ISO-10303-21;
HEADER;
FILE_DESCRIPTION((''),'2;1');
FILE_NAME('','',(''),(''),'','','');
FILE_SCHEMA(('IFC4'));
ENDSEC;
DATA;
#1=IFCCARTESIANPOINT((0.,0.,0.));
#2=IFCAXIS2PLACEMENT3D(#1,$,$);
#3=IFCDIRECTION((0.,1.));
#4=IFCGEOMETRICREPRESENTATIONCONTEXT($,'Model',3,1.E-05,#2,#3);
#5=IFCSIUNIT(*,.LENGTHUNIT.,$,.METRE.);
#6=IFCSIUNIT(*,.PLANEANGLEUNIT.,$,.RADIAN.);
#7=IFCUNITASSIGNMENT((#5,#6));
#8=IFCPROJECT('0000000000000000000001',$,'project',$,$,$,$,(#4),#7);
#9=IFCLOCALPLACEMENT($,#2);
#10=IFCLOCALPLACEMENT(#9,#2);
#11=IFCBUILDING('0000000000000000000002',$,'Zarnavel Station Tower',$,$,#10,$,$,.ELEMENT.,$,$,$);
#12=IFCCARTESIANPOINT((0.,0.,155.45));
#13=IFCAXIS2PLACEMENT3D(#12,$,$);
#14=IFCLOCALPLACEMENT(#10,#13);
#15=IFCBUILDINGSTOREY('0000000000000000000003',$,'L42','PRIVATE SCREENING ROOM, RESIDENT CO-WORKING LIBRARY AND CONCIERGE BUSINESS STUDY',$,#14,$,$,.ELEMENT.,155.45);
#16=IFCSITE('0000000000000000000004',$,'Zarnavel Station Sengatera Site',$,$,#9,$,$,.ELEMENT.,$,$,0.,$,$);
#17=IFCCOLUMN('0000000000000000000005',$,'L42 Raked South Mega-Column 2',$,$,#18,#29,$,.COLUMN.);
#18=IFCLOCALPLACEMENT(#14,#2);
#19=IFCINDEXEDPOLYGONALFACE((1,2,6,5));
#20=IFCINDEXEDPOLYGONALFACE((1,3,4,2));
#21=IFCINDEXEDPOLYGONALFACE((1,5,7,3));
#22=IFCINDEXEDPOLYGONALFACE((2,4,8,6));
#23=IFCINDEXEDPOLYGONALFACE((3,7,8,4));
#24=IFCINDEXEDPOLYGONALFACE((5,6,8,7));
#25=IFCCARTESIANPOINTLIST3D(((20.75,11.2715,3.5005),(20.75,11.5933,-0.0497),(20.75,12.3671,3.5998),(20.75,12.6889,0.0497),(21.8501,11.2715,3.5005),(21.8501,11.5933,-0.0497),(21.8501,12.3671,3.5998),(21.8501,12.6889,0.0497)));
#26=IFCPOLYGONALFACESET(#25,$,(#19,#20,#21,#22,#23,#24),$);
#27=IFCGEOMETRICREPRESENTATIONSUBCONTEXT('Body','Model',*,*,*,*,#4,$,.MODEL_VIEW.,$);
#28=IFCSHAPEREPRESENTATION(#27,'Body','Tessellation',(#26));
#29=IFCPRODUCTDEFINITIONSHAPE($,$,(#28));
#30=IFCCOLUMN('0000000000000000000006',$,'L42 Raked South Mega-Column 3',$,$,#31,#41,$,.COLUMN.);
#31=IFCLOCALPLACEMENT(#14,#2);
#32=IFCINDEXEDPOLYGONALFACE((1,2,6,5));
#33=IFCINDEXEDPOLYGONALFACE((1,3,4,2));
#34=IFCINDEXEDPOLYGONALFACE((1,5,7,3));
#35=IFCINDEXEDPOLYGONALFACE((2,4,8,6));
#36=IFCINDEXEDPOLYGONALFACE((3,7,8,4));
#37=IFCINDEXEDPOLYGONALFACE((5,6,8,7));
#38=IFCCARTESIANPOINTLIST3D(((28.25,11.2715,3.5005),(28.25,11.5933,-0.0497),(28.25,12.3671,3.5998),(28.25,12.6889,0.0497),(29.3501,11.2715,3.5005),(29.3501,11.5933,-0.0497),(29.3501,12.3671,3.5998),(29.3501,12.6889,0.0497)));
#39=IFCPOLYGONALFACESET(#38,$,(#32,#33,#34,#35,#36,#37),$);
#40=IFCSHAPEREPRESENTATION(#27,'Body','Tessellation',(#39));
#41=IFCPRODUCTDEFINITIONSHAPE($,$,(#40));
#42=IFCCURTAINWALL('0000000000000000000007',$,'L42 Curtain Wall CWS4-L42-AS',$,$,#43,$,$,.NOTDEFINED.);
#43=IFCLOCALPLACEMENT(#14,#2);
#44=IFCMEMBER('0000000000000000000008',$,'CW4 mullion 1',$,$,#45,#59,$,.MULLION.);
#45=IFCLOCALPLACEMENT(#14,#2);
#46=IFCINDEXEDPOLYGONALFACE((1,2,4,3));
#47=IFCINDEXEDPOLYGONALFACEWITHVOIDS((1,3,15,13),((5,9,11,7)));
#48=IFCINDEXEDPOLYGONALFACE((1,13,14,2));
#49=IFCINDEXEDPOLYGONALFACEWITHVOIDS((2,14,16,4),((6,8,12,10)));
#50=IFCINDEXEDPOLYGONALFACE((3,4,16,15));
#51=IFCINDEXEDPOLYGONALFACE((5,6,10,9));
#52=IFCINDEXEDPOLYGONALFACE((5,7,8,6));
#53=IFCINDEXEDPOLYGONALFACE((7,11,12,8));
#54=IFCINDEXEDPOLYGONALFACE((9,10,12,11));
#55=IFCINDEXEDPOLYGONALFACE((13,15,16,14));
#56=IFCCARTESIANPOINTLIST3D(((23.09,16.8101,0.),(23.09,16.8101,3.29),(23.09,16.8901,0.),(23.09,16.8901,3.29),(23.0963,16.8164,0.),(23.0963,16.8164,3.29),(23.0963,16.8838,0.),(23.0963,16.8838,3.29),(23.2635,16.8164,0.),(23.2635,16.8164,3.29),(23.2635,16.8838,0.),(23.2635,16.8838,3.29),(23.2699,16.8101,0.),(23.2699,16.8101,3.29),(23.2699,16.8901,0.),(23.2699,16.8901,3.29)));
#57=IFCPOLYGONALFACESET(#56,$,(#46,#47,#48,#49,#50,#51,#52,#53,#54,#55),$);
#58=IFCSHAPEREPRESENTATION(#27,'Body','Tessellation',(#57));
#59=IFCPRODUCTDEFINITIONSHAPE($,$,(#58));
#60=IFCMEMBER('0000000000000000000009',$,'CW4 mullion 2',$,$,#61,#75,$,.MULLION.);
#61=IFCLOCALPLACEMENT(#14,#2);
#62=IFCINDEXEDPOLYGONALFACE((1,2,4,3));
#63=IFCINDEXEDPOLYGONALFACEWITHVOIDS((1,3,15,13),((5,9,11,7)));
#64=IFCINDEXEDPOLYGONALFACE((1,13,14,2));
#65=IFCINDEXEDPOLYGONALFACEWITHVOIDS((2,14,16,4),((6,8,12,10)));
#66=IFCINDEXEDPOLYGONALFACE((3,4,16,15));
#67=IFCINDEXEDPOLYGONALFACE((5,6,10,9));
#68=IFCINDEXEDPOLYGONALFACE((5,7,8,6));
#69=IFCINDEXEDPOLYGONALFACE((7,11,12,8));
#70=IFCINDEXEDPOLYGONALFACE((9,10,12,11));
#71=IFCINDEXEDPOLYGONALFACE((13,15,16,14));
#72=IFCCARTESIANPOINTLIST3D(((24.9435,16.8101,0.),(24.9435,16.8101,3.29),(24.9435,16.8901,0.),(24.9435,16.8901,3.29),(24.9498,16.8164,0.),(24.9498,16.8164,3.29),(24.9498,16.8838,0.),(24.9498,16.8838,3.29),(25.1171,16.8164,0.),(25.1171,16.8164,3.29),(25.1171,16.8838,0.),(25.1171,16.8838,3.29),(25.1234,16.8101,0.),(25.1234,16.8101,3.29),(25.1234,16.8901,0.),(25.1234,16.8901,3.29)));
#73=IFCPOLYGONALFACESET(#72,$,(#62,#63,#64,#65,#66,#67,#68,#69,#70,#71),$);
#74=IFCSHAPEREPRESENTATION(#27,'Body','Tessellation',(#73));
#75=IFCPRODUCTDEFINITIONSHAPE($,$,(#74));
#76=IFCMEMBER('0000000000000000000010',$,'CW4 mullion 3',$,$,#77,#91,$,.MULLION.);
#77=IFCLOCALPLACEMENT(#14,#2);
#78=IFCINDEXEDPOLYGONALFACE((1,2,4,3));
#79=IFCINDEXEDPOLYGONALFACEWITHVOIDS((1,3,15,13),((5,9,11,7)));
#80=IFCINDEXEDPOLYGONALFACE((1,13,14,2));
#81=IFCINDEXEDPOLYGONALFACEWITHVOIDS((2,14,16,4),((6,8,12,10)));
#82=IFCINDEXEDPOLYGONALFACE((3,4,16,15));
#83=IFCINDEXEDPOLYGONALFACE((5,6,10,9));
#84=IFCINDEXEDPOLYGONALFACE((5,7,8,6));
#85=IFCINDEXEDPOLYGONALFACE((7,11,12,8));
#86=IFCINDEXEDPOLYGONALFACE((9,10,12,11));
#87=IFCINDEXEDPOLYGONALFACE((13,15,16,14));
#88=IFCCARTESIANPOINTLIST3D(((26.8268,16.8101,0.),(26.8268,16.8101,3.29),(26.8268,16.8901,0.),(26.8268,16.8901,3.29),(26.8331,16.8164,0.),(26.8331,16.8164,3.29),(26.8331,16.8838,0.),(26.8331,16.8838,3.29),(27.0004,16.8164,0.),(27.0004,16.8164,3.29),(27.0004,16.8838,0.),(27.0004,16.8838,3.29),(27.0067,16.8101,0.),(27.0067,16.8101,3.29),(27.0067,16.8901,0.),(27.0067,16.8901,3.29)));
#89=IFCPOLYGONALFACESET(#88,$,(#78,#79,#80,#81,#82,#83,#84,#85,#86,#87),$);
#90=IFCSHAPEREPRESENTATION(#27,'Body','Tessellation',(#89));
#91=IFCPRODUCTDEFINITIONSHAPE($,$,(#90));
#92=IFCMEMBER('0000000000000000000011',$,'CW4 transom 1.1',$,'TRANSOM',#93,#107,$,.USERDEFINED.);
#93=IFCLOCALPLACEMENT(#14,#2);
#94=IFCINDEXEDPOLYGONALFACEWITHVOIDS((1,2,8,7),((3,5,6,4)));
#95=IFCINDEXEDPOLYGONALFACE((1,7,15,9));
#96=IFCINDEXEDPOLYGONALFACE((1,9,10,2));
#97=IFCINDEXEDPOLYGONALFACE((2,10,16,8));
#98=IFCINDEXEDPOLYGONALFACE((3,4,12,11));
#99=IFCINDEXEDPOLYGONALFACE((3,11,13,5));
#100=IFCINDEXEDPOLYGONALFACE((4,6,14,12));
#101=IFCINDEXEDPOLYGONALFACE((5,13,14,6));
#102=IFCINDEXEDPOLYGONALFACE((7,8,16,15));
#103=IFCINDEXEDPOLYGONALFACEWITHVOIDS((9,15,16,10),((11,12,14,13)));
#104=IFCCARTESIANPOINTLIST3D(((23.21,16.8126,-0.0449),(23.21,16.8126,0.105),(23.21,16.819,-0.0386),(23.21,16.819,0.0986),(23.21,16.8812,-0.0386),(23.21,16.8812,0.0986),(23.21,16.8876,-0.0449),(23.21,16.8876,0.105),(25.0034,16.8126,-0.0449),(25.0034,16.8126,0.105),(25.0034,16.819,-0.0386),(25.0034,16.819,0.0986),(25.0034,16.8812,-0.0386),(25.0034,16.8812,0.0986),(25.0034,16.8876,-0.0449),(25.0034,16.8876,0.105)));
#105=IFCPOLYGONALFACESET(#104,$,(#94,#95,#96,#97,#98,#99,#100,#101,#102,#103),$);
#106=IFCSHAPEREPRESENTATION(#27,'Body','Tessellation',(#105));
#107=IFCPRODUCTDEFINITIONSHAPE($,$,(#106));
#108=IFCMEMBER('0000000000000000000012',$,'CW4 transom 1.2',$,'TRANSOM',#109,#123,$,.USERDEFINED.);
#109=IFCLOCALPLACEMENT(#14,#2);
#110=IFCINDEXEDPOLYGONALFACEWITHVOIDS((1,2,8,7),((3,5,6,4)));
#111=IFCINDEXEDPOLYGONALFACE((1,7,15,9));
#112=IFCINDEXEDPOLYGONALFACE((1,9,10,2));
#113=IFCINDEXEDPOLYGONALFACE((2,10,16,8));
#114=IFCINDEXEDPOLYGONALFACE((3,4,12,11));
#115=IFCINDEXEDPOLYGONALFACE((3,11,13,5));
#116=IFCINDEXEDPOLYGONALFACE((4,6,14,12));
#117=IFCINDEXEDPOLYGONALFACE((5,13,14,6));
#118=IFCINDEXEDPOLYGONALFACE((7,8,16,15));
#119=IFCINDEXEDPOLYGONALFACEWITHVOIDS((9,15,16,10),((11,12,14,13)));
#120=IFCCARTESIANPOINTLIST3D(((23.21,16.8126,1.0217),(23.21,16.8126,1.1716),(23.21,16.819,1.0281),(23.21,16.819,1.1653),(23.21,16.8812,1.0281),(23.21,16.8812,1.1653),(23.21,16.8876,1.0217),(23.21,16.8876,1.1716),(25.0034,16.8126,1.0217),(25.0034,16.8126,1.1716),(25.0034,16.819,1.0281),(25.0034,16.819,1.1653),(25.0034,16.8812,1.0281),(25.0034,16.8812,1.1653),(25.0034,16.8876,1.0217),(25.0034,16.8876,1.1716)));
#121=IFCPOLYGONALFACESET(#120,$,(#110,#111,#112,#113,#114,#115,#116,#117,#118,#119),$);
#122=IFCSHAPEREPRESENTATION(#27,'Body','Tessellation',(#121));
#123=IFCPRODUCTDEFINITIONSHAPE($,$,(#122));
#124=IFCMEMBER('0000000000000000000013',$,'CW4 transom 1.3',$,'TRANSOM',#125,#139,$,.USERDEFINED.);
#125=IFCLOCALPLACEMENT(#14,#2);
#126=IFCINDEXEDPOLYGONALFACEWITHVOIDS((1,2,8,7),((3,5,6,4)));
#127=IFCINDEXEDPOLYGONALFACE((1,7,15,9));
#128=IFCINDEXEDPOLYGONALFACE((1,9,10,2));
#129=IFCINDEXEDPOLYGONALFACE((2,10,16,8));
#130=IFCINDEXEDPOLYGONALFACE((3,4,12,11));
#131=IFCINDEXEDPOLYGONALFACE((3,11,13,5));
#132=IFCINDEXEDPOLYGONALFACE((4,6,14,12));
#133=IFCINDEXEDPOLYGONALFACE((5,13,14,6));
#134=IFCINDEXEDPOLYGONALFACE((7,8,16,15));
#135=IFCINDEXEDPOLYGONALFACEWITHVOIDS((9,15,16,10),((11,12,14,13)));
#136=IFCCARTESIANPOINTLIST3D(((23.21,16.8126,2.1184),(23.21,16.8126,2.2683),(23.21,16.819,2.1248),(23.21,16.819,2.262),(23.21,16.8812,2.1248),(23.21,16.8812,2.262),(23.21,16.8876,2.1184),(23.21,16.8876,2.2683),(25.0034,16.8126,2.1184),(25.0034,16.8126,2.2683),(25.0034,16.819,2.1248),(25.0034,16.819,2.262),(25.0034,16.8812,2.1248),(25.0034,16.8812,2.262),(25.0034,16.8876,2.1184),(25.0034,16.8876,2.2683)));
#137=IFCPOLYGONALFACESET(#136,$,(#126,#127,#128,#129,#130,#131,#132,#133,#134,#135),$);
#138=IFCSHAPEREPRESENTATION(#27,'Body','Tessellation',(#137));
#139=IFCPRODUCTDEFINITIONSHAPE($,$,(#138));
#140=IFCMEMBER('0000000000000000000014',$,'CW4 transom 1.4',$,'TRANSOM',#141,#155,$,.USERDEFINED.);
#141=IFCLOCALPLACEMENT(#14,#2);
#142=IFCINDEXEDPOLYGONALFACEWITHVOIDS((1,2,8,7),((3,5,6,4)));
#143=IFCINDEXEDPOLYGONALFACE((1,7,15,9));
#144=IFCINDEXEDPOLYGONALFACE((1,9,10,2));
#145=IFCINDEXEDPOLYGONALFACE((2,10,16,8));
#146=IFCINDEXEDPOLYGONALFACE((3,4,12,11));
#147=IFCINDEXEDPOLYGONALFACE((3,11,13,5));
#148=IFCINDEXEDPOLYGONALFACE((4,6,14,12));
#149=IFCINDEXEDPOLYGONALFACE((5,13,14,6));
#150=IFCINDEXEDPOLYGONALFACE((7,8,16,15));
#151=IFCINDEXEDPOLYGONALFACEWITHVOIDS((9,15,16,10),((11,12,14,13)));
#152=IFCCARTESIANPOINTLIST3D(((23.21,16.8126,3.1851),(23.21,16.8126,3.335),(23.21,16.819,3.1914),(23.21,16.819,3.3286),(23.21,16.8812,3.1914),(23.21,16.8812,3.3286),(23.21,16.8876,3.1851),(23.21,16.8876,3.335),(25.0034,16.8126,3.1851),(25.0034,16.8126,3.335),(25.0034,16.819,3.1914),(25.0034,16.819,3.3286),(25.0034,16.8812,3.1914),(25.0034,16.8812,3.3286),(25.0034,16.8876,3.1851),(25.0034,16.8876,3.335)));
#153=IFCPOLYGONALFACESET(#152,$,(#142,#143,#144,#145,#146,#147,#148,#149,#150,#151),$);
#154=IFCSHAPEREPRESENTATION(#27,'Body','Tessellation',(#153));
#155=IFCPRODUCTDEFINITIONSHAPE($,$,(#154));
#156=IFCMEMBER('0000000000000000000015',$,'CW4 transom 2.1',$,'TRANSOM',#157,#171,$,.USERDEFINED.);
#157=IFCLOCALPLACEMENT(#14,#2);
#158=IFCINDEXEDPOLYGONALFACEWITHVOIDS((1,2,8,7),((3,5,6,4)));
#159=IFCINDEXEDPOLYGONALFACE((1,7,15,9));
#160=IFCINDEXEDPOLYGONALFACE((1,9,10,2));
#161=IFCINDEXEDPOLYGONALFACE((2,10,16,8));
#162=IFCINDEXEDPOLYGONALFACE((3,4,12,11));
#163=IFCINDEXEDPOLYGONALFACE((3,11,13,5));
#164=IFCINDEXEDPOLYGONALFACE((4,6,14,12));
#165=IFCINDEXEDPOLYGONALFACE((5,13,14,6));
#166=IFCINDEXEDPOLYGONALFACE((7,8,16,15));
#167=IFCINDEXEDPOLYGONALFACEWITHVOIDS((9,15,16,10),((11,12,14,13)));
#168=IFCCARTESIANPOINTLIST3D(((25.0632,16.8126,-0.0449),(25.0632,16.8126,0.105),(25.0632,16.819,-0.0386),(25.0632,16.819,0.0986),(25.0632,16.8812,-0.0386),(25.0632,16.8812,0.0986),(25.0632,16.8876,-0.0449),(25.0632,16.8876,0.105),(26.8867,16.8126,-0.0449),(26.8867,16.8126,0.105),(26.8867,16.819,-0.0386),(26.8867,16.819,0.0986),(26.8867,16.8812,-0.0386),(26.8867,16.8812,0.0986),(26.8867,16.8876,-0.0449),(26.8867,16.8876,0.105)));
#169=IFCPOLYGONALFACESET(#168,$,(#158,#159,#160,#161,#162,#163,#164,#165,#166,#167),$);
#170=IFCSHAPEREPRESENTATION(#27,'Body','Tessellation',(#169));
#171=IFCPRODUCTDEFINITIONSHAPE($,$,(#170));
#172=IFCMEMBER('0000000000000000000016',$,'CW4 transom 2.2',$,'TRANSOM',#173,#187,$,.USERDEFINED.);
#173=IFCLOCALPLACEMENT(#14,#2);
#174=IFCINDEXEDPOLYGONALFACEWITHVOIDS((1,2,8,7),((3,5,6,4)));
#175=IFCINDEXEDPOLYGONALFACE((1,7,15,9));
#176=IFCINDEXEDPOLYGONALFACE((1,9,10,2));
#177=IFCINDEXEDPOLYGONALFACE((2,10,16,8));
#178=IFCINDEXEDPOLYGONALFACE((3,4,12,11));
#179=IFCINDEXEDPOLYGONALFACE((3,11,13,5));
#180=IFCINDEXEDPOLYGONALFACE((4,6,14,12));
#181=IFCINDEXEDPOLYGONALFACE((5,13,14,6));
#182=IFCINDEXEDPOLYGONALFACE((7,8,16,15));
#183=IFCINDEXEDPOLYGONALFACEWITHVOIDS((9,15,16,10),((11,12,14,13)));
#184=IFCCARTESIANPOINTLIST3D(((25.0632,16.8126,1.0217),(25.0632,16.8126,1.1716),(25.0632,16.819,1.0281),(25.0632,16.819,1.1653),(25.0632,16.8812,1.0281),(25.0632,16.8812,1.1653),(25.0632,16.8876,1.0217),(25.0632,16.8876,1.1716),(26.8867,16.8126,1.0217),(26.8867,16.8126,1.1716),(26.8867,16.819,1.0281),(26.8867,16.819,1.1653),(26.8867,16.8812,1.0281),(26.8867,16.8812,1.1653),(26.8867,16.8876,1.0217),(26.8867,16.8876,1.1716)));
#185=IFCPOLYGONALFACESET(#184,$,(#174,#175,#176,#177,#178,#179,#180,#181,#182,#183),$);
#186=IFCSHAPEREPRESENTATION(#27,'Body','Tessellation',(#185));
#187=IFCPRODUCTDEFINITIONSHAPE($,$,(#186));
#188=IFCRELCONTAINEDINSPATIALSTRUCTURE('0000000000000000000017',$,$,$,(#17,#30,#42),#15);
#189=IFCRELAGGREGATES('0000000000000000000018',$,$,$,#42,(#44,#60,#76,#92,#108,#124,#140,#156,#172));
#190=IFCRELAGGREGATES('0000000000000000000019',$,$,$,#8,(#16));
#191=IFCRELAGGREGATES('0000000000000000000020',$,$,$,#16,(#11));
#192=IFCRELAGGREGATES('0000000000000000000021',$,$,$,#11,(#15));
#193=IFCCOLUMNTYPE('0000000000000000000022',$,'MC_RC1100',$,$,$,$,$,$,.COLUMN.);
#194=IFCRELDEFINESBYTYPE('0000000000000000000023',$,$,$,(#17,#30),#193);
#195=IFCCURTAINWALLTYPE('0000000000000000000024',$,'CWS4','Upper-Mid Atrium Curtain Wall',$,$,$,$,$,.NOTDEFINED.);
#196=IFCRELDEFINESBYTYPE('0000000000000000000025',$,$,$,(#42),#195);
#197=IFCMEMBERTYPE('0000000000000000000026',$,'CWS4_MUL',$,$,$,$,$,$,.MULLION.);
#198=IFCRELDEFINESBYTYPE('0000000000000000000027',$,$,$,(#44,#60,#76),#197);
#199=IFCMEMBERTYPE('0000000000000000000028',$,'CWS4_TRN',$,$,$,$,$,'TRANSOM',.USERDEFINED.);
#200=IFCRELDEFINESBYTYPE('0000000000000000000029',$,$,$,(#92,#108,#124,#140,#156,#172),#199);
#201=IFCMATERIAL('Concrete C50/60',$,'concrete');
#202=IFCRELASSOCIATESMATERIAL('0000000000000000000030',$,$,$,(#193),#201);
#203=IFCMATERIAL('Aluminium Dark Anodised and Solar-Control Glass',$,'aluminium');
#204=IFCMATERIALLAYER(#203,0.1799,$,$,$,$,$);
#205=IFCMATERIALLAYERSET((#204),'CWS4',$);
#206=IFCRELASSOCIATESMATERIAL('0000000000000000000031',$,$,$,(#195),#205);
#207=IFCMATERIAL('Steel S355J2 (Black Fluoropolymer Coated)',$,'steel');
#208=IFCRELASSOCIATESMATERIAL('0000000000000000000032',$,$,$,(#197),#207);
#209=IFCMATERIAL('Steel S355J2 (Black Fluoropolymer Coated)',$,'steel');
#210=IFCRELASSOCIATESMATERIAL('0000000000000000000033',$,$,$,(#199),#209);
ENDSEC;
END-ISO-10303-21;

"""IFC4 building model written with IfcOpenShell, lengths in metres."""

from ifc_helpers import new_model, si_unit, direction, frame, origin, origin_2d, place, context, subcontext, project, spatial, rectangle, hollow_rectangle, extrude, material, layer, layer_set, material_profile, profile_set, type_object, element, aggregate, save


model = new_model("IFC4")

# Units and contexts
model_context = context("Model", 3, precision=1e-05, world=origin(), true_north=direction((0.0, 1.0)))
body_context = subcontext(model_context, "Body", "Model", "MODEL_VIEW")
ifc_project = project(units=[si_unit("LENGTHUNIT", "METRE"), si_unit("PLANEANGLEUNIT", "RADIAN")], contexts=[model_context])

# Site, building, storey
site_placement = place(None, origin())
site = spatial("IfcSite", under=ifc_project, at=site_placement, Name="Zarnavel Station Sengatera Site", CompositionType="ELEMENT", RefElevation=0.0)
building_placement = place(site_placement, origin())
building = spatial("IfcBuilding", under=site, at=building_placement, Name="Zarnavel Station Tower", CompositionType="ELEMENT")
storey_placement = place(building_placement, frame((0.0, 0.0, 155.45)))
storey = spatial("IfcBuildingStorey", under=building, at=storey_placement, Name="L42", Description="PRIVATE SCREENING ROOM, RESIDENT CO-WORKING LIBRARY AND CONCIERGE BUSINESS STUDY", CompositionType="ELEMENT", Elevation=155.45)

# Columns
ifc_material_1 = material(Name="Concrete C50/60", Category="concrete")
ifc_material_profile_1 = material_profile(ifc_material_1, rectangle(XDim=1.1001, YDim=1.1001, at=origin_2d()), Name="RC1100x1100")
ifc_profile_set_1 = profile_set([ifc_material_profile_1], Name="Concrete C50/60")
column_type = type_object("IfcColumnType", Name="MC_RC1100", PredefinedType="COLUMN", material=ifc_profile_set_1)
for number, where, z_axis, x_axis, name in (
    (1, (21.3, 12.1411, 0.0), (0.0, -0.09027, 0.995917), (1.0, 0.0, 0.0), "L42 Raked South Mega-Column 2"),
    (2, (28.8, 12.1411, 0.0), (0.0, -0.09027, 0.995917), (1.0, 0.0, 0.0), "L42 Raked South Mega-Column 3"),
):
    element("IfcColumn", number, at=place(storey_placement, frame(where, z_axis=z_axis, x_axis=x_axis)), inside=storey, type_object=column_type, Name=name, PredefinedType="COLUMN", context=body_context, shape_type="SweptSolid", body=[
        extrude(rectangle(XDim=1.1001, YDim=1.1001, at=origin_2d()), origin(), (0.0, 0.0, 1.0), 3.5647),
    ])

# Curtain wall, members
ifc_material_2 = material(Name="Aluminium Dark Anodised and Solar-Control Glass", Category="aluminium")
ifc_layer_1 = layer(ifc_material_2, 0.1799)
ifc_layer_set_1 = layer_set([ifc_layer_1], Name="CWS4")
curtain_wall_type = type_object("IfcCurtainWallType", Name="CWS4", Description="Upper-Mid Atrium Curtain Wall", PredefinedType="NOTDEFINED", material=ifc_layer_set_1)
curtain_wall_placement = place(storey_placement, origin())
curtain_wall = element("IfcCurtainWall", 3, at=curtain_wall_placement, inside=storey, type_object=curtain_wall_type, Name="L42 Curtain Wall CWS4-L42-AS", PredefinedType="NOTDEFINED")
ifc_material_3 = material(Name="Steel S355J2 (Black Fluoropolymer Coated)", Category="steel")
ifc_material_profile_2 = material_profile(ifc_material_3, hollow_rectangle(XDim=0.0801, YDim=0.1799, WallThickness=0.0063, at=origin_2d()), Name="RHS180x80x6.3")
ifc_profile_set_2 = profile_set([ifc_material_profile_2], Name="Steel S355J2 (Black Fluoropolymer Coated)")
member_type_1 = type_object("IfcMemberType", Name="CWS4_MUL", PredefinedType="MULLION", material=ifc_profile_set_2)
member_1_placement = place(storey_placement, frame((23.1799, 16.8501, 0.0), z_axis=(0.0, 0.0, 1.0), x_axis=(0.0, 1.0, 0.0)))
member_1 = element("IfcMember", 4, at=member_1_placement, type_object=member_type_1, Name="CW4 mullion 1", PredefinedType="MULLION", context=body_context, shape_type="SweptSolid", body=[
    extrude(hollow_rectangle(XDim=0.0801, YDim=0.1799, WallThickness=0.0063, at=origin_2d()), origin(), (0.0, 0.0, 1.0), 3.29),
])
member_2_placement = place(storey_placement, frame((25.0334, 16.8501, 0.0), z_axis=(0.0, 0.0, 1.0), x_axis=(0.0, 1.0, 0.0)))
member_2 = element("IfcMember", 5, at=member_2_placement, type_object=member_type_1, Name="CW4 mullion 2", PredefinedType="MULLION", context=body_context, shape_type="SweptSolid", body=[
    extrude(hollow_rectangle(XDim=0.0801, YDim=0.1799, WallThickness=0.0063, at=origin_2d()), origin(), (0.0, 0.0, 1.0), 3.29),
])
member_3_placement = place(storey_placement, frame((26.9167, 16.8501, 0.0), z_axis=(0.0, 0.0, 1.0), x_axis=(0.0, 1.0, 0.0)))
member_3 = element("IfcMember", 6, at=member_3_placement, type_object=member_type_1, Name="CW4 mullion 3", PredefinedType="MULLION", context=body_context, shape_type="SweptSolid", body=[
    extrude(hollow_rectangle(XDim=0.0801, YDim=0.1799, WallThickness=0.0063, at=origin_2d()), origin(), (0.0, 0.0, 1.0), 3.29),
])
ifc_material_4 = material(Name="Steel S355J2 (Black Fluoropolymer Coated)", Category="steel")
ifc_material_profile_3 = material_profile(ifc_material_4, hollow_rectangle(XDim=0.075, YDim=0.1499, WallThickness=0.0063, at=origin_2d()), Name="RHS150x75x6.3")
ifc_profile_set_3 = profile_set([ifc_material_profile_3], Name="Steel S355J2 (Black Fluoropolymer Coated)")
member_type_2 = type_object("IfcMemberType", Name="CWS4_TRN", ElementType="TRANSOM", PredefinedType="USERDEFINED", material=ifc_profile_set_3)
member_4_placement = place(storey_placement, frame((23.21, 16.8501, 0.03), z_axis=(1.0, 0.0, 0.0), x_axis=(0.0, 1.0, 0.0)))
member_4 = element("IfcMember", 7, at=member_4_placement, type_object=member_type_2, Name="CW4 transom 1.1", ObjectType="TRANSOM", PredefinedType="USERDEFINED", context=body_context, shape_type="SweptSolid", body=[
    extrude(hollow_rectangle(XDim=0.075, YDim=0.1499, WallThickness=0.0063, at=origin_2d()), origin(), (0.0, 0.0, 1.0), 1.7935),
])
member_5_placement = place(storey_placement, frame((23.21, 16.8501, 1.0967), z_axis=(1.0, 0.0, 0.0), x_axis=(0.0, 1.0, 0.0)))
member_5 = element("IfcMember", 8, at=member_5_placement, type_object=member_type_2, Name="CW4 transom 1.2", ObjectType="TRANSOM", PredefinedType="USERDEFINED", context=body_context, shape_type="SweptSolid", body=[
    extrude(hollow_rectangle(XDim=0.075, YDim=0.1499, WallThickness=0.0063, at=origin_2d()), origin(), (0.0, 0.0, 1.0), 1.7935),
])
member_6_placement = place(storey_placement, frame((23.21, 16.8501, 2.1934), z_axis=(1.0, 0.0, 0.0), x_axis=(0.0, 1.0, 0.0)))
member_6 = element("IfcMember", 9, at=member_6_placement, type_object=member_type_2, Name="CW4 transom 1.3", ObjectType="TRANSOM", PredefinedType="USERDEFINED", context=body_context, shape_type="SweptSolid", body=[
    extrude(hollow_rectangle(XDim=0.075, YDim=0.1499, WallThickness=0.0063, at=origin_2d()), origin(), (0.0, 0.0, 1.0), 1.7935),
])
member_7_placement = place(storey_placement, frame((23.21, 16.8501, 3.26), z_axis=(1.0, 0.0, 0.0), x_axis=(0.0, 1.0, 0.0)))
member_7 = element("IfcMember", 10, at=member_7_placement, type_object=member_type_2, Name="CW4 transom 1.4", ObjectType="TRANSOM", PredefinedType="USERDEFINED", context=body_context, shape_type="SweptSolid", body=[
    extrude(hollow_rectangle(XDim=0.075, YDim=0.1499, WallThickness=0.0063, at=origin_2d()), origin(), (0.0, 0.0, 1.0), 1.7935),
])
member_8_placement = place(storey_placement, frame((25.0632, 16.8501, 0.03), z_axis=(1.0, 0.0, 0.0), x_axis=(0.0, 1.0, 0.0)))
member_8 = element("IfcMember", 11, at=member_8_placement, type_object=member_type_2, Name="CW4 transom 2.1", ObjectType="TRANSOM", PredefinedType="USERDEFINED", context=body_context, shape_type="SweptSolid", body=[
    extrude(hollow_rectangle(XDim=0.075, YDim=0.1499, WallThickness=0.0063, at=origin_2d()), origin(), (0.0, 0.0, 1.0), 1.8235),
])
member_9_placement = place(storey_placement, frame((25.0632, 16.8501, 1.0967), z_axis=(1.0, 0.0, 0.0), x_axis=(0.0, 1.0, 0.0)))
member_9 = element("IfcMember", 12, at=member_9_placement, type_object=member_type_2, Name="CW4 transom 2.2", ObjectType="TRANSOM", PredefinedType="USERDEFINED", context=body_context, shape_type="SweptSolid", body=[
    extrude(hollow_rectangle(XDim=0.075, YDim=0.1499, WallThickness=0.0063, at=origin_2d()), origin(), (0.0, 0.0, 1.0), 1.8235),
])

aggregate(curtain_wall, [member_1, member_2, member_3, member_4, member_5, member_6, member_7, member_8, member_9])

save(model, "model.ifc")
